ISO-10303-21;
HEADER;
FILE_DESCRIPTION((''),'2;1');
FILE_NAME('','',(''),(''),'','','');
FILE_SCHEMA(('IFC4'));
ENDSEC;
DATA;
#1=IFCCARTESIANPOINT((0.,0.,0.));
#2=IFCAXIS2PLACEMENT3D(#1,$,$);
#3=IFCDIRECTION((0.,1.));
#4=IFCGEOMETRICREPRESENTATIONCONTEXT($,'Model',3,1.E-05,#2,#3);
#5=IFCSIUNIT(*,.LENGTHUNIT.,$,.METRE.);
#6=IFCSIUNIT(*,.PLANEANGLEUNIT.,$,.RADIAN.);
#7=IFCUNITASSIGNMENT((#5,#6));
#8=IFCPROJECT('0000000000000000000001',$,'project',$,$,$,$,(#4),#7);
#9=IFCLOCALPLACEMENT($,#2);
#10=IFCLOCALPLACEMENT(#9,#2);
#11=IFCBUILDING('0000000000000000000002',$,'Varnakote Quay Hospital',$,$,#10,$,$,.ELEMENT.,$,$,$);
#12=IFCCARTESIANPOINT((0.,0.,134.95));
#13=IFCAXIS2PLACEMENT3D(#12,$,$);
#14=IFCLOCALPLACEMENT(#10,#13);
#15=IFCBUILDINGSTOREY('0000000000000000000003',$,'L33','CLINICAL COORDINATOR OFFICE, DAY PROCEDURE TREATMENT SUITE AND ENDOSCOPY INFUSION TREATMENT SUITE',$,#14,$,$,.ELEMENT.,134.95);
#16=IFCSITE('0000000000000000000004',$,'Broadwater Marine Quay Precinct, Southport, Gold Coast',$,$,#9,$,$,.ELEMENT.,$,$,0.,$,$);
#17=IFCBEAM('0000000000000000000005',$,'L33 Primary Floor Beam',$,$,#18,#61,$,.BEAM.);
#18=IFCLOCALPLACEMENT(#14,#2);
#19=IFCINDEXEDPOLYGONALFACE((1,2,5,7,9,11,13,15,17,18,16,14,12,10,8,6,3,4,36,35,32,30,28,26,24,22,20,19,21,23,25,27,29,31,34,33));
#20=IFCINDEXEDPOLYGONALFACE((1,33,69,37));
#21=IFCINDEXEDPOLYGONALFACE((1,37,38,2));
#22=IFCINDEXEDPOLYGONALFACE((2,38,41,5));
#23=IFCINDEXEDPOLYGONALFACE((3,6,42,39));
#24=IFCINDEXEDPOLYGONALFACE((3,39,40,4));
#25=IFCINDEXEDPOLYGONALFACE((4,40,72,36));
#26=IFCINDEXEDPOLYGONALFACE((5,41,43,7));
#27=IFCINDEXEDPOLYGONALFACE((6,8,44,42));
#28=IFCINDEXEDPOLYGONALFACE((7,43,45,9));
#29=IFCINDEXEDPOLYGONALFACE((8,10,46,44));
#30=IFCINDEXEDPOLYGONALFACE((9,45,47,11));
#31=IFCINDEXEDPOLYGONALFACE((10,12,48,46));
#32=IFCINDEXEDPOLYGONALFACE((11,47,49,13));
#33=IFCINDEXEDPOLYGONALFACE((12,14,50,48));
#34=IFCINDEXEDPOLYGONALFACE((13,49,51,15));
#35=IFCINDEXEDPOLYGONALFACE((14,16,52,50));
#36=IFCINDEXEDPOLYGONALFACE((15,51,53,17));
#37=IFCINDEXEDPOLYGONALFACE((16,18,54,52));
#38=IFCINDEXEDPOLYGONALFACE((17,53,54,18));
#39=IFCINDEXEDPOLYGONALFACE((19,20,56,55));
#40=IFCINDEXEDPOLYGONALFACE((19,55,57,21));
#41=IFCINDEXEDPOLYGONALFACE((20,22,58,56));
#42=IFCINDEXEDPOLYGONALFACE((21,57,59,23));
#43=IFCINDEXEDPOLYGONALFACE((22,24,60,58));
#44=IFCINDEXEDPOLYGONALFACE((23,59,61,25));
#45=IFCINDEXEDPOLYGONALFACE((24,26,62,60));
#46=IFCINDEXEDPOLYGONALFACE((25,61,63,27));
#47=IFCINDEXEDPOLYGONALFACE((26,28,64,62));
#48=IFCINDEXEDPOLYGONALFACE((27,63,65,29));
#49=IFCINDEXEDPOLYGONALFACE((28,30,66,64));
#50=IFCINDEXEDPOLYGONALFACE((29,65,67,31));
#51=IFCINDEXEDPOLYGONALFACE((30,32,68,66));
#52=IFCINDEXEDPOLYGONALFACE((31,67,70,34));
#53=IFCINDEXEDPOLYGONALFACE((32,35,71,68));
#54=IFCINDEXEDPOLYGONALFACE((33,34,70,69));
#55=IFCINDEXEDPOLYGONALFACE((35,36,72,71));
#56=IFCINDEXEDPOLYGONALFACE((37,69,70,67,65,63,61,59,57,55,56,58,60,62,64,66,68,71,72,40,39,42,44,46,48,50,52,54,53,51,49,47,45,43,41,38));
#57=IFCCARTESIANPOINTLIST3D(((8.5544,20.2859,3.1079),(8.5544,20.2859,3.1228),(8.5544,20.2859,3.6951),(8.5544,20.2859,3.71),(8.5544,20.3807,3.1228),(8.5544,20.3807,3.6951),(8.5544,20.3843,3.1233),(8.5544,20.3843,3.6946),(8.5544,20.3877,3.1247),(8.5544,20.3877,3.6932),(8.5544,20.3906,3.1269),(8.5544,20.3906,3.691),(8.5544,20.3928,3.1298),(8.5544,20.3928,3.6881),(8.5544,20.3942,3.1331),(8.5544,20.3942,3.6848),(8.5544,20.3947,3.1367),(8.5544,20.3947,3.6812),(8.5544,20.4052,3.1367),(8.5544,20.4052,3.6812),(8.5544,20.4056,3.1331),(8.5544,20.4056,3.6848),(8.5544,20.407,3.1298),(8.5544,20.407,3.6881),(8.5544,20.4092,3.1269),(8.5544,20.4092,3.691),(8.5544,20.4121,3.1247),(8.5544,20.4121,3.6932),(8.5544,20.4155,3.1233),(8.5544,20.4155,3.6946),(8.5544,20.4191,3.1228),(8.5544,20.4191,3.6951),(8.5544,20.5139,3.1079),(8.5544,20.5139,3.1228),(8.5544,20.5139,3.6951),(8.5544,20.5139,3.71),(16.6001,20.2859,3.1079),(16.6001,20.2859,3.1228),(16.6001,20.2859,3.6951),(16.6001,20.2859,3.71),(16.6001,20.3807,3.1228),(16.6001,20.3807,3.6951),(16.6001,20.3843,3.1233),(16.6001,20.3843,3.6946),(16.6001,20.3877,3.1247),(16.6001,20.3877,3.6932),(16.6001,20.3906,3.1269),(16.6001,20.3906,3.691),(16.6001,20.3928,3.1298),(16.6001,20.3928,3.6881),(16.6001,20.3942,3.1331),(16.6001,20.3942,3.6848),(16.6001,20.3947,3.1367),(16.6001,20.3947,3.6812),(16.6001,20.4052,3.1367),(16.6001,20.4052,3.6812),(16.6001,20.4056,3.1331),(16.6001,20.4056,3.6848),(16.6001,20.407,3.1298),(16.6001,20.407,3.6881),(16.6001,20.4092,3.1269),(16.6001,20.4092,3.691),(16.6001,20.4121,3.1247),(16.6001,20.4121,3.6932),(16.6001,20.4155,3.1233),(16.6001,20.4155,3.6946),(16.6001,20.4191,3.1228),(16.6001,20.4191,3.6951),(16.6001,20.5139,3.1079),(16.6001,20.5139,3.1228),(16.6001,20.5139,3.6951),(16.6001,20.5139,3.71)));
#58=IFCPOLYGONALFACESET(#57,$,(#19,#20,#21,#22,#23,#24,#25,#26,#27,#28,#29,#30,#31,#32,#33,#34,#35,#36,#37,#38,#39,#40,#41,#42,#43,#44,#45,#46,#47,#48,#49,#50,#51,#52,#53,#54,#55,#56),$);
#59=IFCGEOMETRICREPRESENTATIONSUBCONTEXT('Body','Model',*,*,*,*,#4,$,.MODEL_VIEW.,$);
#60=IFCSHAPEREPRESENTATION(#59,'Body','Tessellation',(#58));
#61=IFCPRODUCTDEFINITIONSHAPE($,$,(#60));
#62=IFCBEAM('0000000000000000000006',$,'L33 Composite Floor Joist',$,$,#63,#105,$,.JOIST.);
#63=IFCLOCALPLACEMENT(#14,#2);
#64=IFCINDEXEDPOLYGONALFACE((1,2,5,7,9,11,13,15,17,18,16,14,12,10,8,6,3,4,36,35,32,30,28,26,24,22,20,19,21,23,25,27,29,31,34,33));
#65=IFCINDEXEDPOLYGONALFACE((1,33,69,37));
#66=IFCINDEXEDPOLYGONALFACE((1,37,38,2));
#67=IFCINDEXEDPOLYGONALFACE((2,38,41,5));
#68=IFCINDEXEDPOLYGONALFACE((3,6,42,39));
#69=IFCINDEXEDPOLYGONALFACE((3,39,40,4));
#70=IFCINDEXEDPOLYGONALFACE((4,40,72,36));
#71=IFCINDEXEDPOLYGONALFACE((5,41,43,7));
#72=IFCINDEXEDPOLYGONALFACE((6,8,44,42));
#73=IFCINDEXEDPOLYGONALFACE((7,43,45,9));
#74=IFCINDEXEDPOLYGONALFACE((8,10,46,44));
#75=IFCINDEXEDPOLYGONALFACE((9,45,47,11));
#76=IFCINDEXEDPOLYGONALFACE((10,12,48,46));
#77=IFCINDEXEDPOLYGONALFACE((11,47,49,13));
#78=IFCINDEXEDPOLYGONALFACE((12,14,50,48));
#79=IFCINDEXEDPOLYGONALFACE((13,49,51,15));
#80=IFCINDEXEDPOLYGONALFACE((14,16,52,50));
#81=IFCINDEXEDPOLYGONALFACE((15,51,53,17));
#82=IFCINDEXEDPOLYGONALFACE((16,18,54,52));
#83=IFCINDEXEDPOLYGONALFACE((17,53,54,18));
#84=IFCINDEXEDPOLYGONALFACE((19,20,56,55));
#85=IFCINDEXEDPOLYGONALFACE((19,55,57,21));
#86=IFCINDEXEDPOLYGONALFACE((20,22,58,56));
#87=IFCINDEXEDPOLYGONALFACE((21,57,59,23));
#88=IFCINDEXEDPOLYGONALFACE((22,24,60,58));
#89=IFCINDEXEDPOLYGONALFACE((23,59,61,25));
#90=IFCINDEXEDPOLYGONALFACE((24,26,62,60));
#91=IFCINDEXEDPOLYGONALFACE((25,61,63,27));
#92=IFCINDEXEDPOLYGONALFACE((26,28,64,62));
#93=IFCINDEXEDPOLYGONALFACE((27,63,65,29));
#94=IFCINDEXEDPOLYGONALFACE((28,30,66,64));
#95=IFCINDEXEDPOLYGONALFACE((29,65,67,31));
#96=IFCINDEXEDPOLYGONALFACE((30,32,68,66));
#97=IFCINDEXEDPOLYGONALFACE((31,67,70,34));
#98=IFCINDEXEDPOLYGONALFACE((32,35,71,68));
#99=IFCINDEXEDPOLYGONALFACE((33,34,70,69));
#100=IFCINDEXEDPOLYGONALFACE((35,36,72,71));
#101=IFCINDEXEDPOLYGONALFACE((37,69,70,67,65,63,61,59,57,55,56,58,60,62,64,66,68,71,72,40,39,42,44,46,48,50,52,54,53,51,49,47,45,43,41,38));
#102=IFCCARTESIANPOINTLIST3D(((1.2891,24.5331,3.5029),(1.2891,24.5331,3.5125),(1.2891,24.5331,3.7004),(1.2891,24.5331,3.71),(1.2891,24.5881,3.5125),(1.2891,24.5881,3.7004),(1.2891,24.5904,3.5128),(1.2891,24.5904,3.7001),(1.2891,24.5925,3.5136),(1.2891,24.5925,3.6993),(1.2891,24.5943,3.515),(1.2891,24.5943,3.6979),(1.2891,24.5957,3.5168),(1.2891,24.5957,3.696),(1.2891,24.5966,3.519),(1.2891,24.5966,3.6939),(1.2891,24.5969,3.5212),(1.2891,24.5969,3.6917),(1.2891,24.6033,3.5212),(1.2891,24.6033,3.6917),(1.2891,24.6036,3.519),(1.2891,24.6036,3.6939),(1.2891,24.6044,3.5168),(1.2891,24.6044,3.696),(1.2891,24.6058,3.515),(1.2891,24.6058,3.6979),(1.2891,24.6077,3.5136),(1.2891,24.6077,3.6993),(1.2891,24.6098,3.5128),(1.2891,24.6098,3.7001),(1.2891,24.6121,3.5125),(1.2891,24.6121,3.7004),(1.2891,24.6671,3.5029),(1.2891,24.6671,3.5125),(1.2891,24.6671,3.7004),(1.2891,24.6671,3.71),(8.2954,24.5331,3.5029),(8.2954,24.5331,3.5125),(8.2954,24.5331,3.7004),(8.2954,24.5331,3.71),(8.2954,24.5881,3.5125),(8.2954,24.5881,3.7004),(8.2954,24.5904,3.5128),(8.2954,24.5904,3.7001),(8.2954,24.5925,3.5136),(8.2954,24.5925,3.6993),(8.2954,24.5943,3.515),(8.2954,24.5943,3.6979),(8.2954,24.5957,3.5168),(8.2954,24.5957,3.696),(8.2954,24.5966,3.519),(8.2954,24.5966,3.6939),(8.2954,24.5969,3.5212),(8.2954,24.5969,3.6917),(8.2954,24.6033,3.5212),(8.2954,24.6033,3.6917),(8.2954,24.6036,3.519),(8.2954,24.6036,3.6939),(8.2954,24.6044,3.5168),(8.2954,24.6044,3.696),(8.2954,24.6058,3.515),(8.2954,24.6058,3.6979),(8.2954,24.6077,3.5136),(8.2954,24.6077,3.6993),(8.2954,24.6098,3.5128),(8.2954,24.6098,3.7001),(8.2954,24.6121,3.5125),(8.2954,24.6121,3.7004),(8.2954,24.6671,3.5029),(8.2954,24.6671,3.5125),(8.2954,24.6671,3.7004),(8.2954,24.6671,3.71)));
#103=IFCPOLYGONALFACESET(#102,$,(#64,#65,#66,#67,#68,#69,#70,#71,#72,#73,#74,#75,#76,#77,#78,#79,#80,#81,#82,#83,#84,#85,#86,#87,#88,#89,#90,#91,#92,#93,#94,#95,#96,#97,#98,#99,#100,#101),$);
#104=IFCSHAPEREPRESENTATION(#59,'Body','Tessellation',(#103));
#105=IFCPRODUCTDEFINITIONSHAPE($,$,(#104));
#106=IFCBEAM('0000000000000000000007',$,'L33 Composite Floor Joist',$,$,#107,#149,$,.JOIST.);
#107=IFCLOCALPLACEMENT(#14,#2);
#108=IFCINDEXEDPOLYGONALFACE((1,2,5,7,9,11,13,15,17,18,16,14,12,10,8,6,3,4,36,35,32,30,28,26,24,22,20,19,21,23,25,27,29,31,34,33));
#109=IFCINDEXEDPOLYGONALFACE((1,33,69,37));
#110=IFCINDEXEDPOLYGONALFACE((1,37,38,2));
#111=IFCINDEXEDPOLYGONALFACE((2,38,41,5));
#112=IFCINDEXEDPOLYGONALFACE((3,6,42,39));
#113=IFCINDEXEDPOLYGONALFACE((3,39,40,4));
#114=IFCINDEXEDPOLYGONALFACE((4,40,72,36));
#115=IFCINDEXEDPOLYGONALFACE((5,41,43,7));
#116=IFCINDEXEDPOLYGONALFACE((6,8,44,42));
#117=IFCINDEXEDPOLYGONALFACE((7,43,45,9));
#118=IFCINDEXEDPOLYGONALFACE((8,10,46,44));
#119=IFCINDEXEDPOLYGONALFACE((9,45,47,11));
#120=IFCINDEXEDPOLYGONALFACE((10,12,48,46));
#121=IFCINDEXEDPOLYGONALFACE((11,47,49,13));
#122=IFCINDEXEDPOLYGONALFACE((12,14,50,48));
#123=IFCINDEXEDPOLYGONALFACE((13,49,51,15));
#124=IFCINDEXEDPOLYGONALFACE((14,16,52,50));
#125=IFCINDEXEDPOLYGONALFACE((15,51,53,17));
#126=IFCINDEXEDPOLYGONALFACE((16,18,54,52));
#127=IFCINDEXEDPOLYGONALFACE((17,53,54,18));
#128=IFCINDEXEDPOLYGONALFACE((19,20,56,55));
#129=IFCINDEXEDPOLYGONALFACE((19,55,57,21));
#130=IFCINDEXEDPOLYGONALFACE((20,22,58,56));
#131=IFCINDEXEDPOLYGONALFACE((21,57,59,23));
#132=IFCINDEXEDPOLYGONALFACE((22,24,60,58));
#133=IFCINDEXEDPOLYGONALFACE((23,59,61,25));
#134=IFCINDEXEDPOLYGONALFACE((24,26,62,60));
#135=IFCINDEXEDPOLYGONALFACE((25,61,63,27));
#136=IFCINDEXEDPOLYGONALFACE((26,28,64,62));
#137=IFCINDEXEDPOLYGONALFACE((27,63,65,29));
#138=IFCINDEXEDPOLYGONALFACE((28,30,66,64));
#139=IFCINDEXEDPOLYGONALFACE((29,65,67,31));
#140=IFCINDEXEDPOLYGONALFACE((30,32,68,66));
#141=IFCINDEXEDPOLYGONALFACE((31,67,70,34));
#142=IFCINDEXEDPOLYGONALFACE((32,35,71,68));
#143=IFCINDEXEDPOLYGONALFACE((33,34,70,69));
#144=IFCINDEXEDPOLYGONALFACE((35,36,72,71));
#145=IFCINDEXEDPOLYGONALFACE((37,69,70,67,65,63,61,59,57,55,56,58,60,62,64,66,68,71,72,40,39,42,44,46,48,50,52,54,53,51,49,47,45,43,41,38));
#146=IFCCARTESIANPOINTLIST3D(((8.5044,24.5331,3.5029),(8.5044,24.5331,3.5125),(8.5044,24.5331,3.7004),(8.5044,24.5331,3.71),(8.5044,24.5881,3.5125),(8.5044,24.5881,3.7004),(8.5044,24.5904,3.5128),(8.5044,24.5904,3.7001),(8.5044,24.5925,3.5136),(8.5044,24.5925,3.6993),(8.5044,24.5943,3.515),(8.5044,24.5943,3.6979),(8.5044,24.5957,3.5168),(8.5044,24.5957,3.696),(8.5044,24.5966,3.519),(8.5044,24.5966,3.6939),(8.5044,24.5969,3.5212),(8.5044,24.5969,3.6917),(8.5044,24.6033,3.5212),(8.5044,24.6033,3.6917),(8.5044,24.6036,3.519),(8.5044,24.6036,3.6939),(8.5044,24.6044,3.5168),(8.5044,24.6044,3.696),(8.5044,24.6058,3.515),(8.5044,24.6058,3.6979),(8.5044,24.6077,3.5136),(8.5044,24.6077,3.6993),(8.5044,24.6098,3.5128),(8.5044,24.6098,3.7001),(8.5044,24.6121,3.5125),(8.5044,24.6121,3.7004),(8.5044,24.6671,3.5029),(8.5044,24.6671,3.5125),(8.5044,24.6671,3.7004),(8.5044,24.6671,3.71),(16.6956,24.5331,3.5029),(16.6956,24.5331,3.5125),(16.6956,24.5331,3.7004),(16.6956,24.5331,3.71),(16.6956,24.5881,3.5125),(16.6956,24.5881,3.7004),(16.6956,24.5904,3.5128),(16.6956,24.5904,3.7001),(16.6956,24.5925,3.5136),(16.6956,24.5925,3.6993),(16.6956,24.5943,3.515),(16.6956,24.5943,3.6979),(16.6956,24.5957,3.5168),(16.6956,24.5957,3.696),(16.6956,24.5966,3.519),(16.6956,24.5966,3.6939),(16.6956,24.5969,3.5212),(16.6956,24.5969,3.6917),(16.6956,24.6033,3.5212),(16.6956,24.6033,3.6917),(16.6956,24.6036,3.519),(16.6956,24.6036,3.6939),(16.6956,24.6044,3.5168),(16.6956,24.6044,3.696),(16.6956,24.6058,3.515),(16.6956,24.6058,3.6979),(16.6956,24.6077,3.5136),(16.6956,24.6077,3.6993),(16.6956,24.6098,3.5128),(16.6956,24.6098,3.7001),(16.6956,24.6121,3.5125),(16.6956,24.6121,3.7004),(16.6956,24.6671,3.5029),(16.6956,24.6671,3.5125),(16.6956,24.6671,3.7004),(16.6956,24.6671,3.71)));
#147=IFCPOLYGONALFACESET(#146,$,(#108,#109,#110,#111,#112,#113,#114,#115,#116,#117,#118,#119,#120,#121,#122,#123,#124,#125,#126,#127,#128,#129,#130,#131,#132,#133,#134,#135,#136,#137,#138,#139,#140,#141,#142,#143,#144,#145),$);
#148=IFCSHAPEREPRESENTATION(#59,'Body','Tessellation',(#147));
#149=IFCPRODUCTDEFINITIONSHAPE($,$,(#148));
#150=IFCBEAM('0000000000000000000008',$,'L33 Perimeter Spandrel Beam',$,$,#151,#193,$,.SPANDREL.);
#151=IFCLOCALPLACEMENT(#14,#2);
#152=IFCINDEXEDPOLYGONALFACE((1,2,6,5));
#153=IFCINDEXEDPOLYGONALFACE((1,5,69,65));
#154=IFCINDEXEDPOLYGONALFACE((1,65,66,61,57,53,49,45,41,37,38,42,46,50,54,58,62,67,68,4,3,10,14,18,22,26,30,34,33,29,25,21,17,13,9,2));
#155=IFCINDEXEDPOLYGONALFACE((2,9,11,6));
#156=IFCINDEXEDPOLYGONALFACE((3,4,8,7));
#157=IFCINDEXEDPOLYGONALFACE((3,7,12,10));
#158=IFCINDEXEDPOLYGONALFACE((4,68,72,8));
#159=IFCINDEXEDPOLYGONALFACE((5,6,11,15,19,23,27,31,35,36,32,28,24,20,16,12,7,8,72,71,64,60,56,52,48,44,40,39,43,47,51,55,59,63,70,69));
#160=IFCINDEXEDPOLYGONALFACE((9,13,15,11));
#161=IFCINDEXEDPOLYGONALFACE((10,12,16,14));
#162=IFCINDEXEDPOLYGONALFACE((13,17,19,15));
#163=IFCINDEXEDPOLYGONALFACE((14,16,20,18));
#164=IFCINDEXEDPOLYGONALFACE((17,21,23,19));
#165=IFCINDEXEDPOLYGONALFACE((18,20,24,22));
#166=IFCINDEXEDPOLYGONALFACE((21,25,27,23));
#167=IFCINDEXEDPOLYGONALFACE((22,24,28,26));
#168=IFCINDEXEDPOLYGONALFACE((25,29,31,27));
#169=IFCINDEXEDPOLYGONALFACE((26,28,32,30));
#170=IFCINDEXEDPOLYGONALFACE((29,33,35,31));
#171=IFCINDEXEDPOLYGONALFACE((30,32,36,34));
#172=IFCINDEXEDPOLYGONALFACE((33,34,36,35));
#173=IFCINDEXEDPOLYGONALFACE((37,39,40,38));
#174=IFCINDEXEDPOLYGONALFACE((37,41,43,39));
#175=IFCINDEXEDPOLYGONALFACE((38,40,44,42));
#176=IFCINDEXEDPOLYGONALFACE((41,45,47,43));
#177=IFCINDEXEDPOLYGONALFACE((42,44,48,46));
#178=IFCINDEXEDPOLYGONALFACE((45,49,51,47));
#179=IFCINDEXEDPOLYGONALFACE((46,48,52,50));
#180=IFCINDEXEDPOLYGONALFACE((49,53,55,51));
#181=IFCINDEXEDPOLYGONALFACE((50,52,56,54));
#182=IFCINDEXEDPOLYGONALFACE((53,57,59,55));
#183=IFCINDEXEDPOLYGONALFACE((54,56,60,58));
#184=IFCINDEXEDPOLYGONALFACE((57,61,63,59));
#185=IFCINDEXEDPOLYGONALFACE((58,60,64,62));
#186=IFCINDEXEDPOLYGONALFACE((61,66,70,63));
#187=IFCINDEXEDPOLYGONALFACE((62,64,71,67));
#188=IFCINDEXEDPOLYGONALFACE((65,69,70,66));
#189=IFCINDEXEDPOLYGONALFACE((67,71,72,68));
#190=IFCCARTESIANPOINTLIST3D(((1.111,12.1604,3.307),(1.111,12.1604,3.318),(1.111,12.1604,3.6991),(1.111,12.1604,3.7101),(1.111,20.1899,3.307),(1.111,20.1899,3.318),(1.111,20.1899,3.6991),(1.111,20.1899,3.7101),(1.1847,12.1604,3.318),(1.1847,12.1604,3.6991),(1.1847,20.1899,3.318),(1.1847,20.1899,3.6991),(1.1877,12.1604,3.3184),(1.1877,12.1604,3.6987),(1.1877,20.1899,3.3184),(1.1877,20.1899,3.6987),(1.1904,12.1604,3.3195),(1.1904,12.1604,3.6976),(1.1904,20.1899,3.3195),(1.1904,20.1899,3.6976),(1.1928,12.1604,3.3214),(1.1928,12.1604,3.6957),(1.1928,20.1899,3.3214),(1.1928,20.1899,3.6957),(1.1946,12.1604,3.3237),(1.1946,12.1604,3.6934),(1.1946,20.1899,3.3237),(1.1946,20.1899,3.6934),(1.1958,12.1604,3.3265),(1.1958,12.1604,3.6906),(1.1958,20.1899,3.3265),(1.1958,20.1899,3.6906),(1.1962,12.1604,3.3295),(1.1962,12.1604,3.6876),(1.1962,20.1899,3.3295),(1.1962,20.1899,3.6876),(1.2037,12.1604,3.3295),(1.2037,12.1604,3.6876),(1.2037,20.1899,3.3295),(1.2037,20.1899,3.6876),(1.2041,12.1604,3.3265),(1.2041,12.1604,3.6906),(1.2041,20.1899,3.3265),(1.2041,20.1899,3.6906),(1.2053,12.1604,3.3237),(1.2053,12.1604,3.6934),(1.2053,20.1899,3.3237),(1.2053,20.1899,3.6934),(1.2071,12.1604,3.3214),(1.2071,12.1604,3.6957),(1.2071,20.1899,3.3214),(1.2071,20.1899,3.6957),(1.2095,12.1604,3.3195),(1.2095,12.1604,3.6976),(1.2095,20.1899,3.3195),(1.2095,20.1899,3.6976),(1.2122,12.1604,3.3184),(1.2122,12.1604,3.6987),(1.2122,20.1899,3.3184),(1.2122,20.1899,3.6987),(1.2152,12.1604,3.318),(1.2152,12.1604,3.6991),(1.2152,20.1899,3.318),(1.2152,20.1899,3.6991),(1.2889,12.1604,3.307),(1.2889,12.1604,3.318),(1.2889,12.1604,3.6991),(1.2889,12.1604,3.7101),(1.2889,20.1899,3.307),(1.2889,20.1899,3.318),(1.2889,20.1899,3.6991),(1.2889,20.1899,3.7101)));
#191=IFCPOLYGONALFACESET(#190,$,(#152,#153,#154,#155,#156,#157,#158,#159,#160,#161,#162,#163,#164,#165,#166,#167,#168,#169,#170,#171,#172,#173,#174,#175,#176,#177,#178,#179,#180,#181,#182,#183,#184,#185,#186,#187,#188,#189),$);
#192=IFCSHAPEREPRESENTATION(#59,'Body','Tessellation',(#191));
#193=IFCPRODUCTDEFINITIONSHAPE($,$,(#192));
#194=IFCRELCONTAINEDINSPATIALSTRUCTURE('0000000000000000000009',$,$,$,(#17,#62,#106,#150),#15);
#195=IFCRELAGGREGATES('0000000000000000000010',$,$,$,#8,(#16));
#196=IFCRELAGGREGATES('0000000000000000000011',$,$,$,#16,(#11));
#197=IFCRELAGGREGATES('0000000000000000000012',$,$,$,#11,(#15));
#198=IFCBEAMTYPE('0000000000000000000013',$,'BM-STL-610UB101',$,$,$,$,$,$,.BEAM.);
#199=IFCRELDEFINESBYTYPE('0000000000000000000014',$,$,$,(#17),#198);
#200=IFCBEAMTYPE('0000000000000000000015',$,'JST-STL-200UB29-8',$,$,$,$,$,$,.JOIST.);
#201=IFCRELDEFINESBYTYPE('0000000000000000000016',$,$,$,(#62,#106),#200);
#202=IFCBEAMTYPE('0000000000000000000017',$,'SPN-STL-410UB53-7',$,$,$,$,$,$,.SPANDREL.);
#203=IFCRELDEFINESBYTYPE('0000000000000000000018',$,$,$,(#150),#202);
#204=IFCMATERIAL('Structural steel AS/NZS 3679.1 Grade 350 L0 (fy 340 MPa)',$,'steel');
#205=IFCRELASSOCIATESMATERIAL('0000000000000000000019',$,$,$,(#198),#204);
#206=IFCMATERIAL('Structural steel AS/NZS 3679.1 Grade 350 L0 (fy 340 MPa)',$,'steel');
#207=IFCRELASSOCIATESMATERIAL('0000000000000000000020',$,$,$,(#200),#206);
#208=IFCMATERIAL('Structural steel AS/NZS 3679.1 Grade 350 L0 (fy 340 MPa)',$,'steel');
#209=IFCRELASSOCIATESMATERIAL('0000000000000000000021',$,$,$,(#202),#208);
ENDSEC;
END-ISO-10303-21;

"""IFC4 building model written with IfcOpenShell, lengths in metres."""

from ifc_helpers import new_model, si_unit, direction, frame, origin, origin_2d, place, context, subcontext, project, spatial, i_section, extrude, material, material_profile, profile_set, type_object, element, save


model = new_model("IFC4")

# Units and contexts
model_context = context("Model", 3, precision=1e-05, world=origin(), true_north=direction((0.0, 1.0)))
body_context = subcontext(model_context, "Body", "Model", "MODEL_VIEW")
ifc_project = project(units=[si_unit("LENGTHUNIT", "METRE"), si_unit("PLANEANGLEUNIT", "RADIAN")], contexts=[model_context])

# Site, building, storey
site_placement = place(None, origin())
site = spatial("IfcSite", under=ifc_project, at=site_placement, Name="Broadwater Marine Quay Precinct, Southport, Gold Coast", CompositionType="ELEMENT", RefElevation=0.0)
building_placement = place(site_placement, origin())
building = spatial("IfcBuilding", under=site, at=building_placement, Name="Varnakote Quay Hospital", CompositionType="ELEMENT")
storey_placement = place(building_placement, frame((0.0, 0.0, 134.95)))
storey = spatial("IfcBuildingStorey", under=building, at=storey_placement, Name="L33", Description="CLINICAL COORDINATOR OFFICE, DAY PROCEDURE TREATMENT SUITE AND ENDOSCOPY INFUSION TREATMENT SUITE", CompositionType="ELEMENT", Elevation=134.95)

# Beams
ifc_material_1 = material(Name="Structural steel AS/NZS 3679.1 Grade 350 L0 (fy 340 MPa)", Category="steel")
ifc_material_profile_1 = material_profile(ifc_material_1, i_section(OverallWidth=0.228, OverallDepth=0.6021, WebThickness=0.0105, FlangeThickness=0.0149, FilletRadius=0.0139, at=origin_2d()), Name="610UB101")
ifc_profile_set_1 = profile_set([ifc_material_profile_1], Name="Structural steel AS/NZS 3679.1 Grade 350 L0 (fy 340 MPa)")
beam_type_1 = type_object("IfcBeamType", Name="BM-STL-610UB101", PredefinedType="BEAM", material=ifc_profile_set_1)
beam_1_placement = place(storey_placement, frame((8.5544, 20.3999, 3.4089), z_axis=(1.0, 0.0, 0.0), x_axis=(0.0, 1.0, 0.0)))
element("IfcBeam", 1, at=beam_1_placement, inside=storey, type_object=beam_type_1, Name="L33 Primary Floor Beam", PredefinedType="BEAM", context=body_context, shape_type="SweptSolid", body=[
    extrude(i_section(OverallWidth=0.228, OverallDepth=0.6021, WebThickness=0.0105, FlangeThickness=0.0149, FilletRadius=0.0139, at=origin_2d()), origin(), (0.0, 0.0, 1.0), 8.0457),
])
ifc_material_2 = material(Name="Structural steel AS/NZS 3679.1 Grade 350 L0 (fy 340 MPa)", Category="steel")
ifc_material_profile_2 = material_profile(ifc_material_2, i_section(OverallWidth=0.134, OverallDepth=0.207, WebThickness=0.0063, FlangeThickness=0.0095, FilletRadius=0.0088, at=origin_2d()), Name="200UB29.8")
ifc_profile_set_2 = profile_set([ifc_material_profile_2], Name="Structural steel AS/NZS 3679.1 Grade 350 L0 (fy 340 MPa)")
beam_type_2 = type_object("IfcBeamType", Name="JST-STL-200UB29-8", PredefinedType="JOIST", material=ifc_profile_set_2)
beam_2_placement = place(storey_placement, frame((1.2891, 24.6001, 3.6064), z_axis=(1.0, 0.0, 0.0), x_axis=(0.0, 1.0, 0.0)))
element("IfcBeam", 2, at=beam_2_placement, inside=storey, type_object=beam_type_2, Name="L33 Composite Floor Joist", PredefinedType="JOIST", context=body_context, shape_type="SweptSolid", body=[
    extrude(i_section(OverallWidth=0.134, OverallDepth=0.207, WebThickness=0.0063, FlangeThickness=0.0095, FilletRadius=0.0088, at=origin_2d()), origin(), (0.0, 0.0, 1.0), 7.0063),
])
beam_3_placement = place(storey_placement, frame((8.5044, 24.6001, 3.6064), z_axis=(1.0, 0.0, 0.0), x_axis=(0.0, 1.0, 0.0)))
element("IfcBeam", 3, at=beam_3_placement, inside=storey, type_object=beam_type_2, Name="L33 Composite Floor Joist", PredefinedType="JOIST", context=body_context, shape_type="SweptSolid", body=[
    extrude(i_section(OverallWidth=0.134, OverallDepth=0.207, WebThickness=0.0063, FlangeThickness=0.0095, FilletRadius=0.0088, at=origin_2d()), origin(), (0.0, 0.0, 1.0), 8.1912),
])
ifc_material_3 = material(Name="Structural steel AS/NZS 3679.1 Grade 350 L0 (fy 340 MPa)", Category="steel")
ifc_material_profile_3 = material_profile(ifc_material_3, i_section(OverallWidth=0.178, OverallDepth=0.4031, WebThickness=0.0076, FlangeThickness=0.011, FilletRadius=0.0115, at=origin_2d()), Name="410UB53.7")
ifc_profile_set_3 = profile_set([ifc_material_profile_3], Name="Structural steel AS/NZS 3679.1 Grade 350 L0 (fy 340 MPa)")
beam_type_3 = type_object("IfcBeamType", Name="SPN-STL-410UB53-7", PredefinedType="SPANDREL", material=ifc_profile_set_3)
beam_4_placement = place(storey_placement, frame((1.2, 12.1604, 3.5085), z_axis=(0.0, 1.0, 0.0), x_axis=(-1.0, 0.0, 0.0)))
element("IfcBeam", 4, at=beam_4_placement, inside=storey, type_object=beam_type_3, Name="L33 Perimeter Spandrel Beam", PredefinedType="SPANDREL", context=body_context, shape_type="SweptSolid", body=[
    extrude(i_section(OverallWidth=0.178, OverallDepth=0.4031, WebThickness=0.0076, FlangeThickness=0.011, FilletRadius=0.0115, at=origin_2d()), origin(), (0.0, 0.0, 1.0), 8.0295),
])

save(model, "model.ifc")
